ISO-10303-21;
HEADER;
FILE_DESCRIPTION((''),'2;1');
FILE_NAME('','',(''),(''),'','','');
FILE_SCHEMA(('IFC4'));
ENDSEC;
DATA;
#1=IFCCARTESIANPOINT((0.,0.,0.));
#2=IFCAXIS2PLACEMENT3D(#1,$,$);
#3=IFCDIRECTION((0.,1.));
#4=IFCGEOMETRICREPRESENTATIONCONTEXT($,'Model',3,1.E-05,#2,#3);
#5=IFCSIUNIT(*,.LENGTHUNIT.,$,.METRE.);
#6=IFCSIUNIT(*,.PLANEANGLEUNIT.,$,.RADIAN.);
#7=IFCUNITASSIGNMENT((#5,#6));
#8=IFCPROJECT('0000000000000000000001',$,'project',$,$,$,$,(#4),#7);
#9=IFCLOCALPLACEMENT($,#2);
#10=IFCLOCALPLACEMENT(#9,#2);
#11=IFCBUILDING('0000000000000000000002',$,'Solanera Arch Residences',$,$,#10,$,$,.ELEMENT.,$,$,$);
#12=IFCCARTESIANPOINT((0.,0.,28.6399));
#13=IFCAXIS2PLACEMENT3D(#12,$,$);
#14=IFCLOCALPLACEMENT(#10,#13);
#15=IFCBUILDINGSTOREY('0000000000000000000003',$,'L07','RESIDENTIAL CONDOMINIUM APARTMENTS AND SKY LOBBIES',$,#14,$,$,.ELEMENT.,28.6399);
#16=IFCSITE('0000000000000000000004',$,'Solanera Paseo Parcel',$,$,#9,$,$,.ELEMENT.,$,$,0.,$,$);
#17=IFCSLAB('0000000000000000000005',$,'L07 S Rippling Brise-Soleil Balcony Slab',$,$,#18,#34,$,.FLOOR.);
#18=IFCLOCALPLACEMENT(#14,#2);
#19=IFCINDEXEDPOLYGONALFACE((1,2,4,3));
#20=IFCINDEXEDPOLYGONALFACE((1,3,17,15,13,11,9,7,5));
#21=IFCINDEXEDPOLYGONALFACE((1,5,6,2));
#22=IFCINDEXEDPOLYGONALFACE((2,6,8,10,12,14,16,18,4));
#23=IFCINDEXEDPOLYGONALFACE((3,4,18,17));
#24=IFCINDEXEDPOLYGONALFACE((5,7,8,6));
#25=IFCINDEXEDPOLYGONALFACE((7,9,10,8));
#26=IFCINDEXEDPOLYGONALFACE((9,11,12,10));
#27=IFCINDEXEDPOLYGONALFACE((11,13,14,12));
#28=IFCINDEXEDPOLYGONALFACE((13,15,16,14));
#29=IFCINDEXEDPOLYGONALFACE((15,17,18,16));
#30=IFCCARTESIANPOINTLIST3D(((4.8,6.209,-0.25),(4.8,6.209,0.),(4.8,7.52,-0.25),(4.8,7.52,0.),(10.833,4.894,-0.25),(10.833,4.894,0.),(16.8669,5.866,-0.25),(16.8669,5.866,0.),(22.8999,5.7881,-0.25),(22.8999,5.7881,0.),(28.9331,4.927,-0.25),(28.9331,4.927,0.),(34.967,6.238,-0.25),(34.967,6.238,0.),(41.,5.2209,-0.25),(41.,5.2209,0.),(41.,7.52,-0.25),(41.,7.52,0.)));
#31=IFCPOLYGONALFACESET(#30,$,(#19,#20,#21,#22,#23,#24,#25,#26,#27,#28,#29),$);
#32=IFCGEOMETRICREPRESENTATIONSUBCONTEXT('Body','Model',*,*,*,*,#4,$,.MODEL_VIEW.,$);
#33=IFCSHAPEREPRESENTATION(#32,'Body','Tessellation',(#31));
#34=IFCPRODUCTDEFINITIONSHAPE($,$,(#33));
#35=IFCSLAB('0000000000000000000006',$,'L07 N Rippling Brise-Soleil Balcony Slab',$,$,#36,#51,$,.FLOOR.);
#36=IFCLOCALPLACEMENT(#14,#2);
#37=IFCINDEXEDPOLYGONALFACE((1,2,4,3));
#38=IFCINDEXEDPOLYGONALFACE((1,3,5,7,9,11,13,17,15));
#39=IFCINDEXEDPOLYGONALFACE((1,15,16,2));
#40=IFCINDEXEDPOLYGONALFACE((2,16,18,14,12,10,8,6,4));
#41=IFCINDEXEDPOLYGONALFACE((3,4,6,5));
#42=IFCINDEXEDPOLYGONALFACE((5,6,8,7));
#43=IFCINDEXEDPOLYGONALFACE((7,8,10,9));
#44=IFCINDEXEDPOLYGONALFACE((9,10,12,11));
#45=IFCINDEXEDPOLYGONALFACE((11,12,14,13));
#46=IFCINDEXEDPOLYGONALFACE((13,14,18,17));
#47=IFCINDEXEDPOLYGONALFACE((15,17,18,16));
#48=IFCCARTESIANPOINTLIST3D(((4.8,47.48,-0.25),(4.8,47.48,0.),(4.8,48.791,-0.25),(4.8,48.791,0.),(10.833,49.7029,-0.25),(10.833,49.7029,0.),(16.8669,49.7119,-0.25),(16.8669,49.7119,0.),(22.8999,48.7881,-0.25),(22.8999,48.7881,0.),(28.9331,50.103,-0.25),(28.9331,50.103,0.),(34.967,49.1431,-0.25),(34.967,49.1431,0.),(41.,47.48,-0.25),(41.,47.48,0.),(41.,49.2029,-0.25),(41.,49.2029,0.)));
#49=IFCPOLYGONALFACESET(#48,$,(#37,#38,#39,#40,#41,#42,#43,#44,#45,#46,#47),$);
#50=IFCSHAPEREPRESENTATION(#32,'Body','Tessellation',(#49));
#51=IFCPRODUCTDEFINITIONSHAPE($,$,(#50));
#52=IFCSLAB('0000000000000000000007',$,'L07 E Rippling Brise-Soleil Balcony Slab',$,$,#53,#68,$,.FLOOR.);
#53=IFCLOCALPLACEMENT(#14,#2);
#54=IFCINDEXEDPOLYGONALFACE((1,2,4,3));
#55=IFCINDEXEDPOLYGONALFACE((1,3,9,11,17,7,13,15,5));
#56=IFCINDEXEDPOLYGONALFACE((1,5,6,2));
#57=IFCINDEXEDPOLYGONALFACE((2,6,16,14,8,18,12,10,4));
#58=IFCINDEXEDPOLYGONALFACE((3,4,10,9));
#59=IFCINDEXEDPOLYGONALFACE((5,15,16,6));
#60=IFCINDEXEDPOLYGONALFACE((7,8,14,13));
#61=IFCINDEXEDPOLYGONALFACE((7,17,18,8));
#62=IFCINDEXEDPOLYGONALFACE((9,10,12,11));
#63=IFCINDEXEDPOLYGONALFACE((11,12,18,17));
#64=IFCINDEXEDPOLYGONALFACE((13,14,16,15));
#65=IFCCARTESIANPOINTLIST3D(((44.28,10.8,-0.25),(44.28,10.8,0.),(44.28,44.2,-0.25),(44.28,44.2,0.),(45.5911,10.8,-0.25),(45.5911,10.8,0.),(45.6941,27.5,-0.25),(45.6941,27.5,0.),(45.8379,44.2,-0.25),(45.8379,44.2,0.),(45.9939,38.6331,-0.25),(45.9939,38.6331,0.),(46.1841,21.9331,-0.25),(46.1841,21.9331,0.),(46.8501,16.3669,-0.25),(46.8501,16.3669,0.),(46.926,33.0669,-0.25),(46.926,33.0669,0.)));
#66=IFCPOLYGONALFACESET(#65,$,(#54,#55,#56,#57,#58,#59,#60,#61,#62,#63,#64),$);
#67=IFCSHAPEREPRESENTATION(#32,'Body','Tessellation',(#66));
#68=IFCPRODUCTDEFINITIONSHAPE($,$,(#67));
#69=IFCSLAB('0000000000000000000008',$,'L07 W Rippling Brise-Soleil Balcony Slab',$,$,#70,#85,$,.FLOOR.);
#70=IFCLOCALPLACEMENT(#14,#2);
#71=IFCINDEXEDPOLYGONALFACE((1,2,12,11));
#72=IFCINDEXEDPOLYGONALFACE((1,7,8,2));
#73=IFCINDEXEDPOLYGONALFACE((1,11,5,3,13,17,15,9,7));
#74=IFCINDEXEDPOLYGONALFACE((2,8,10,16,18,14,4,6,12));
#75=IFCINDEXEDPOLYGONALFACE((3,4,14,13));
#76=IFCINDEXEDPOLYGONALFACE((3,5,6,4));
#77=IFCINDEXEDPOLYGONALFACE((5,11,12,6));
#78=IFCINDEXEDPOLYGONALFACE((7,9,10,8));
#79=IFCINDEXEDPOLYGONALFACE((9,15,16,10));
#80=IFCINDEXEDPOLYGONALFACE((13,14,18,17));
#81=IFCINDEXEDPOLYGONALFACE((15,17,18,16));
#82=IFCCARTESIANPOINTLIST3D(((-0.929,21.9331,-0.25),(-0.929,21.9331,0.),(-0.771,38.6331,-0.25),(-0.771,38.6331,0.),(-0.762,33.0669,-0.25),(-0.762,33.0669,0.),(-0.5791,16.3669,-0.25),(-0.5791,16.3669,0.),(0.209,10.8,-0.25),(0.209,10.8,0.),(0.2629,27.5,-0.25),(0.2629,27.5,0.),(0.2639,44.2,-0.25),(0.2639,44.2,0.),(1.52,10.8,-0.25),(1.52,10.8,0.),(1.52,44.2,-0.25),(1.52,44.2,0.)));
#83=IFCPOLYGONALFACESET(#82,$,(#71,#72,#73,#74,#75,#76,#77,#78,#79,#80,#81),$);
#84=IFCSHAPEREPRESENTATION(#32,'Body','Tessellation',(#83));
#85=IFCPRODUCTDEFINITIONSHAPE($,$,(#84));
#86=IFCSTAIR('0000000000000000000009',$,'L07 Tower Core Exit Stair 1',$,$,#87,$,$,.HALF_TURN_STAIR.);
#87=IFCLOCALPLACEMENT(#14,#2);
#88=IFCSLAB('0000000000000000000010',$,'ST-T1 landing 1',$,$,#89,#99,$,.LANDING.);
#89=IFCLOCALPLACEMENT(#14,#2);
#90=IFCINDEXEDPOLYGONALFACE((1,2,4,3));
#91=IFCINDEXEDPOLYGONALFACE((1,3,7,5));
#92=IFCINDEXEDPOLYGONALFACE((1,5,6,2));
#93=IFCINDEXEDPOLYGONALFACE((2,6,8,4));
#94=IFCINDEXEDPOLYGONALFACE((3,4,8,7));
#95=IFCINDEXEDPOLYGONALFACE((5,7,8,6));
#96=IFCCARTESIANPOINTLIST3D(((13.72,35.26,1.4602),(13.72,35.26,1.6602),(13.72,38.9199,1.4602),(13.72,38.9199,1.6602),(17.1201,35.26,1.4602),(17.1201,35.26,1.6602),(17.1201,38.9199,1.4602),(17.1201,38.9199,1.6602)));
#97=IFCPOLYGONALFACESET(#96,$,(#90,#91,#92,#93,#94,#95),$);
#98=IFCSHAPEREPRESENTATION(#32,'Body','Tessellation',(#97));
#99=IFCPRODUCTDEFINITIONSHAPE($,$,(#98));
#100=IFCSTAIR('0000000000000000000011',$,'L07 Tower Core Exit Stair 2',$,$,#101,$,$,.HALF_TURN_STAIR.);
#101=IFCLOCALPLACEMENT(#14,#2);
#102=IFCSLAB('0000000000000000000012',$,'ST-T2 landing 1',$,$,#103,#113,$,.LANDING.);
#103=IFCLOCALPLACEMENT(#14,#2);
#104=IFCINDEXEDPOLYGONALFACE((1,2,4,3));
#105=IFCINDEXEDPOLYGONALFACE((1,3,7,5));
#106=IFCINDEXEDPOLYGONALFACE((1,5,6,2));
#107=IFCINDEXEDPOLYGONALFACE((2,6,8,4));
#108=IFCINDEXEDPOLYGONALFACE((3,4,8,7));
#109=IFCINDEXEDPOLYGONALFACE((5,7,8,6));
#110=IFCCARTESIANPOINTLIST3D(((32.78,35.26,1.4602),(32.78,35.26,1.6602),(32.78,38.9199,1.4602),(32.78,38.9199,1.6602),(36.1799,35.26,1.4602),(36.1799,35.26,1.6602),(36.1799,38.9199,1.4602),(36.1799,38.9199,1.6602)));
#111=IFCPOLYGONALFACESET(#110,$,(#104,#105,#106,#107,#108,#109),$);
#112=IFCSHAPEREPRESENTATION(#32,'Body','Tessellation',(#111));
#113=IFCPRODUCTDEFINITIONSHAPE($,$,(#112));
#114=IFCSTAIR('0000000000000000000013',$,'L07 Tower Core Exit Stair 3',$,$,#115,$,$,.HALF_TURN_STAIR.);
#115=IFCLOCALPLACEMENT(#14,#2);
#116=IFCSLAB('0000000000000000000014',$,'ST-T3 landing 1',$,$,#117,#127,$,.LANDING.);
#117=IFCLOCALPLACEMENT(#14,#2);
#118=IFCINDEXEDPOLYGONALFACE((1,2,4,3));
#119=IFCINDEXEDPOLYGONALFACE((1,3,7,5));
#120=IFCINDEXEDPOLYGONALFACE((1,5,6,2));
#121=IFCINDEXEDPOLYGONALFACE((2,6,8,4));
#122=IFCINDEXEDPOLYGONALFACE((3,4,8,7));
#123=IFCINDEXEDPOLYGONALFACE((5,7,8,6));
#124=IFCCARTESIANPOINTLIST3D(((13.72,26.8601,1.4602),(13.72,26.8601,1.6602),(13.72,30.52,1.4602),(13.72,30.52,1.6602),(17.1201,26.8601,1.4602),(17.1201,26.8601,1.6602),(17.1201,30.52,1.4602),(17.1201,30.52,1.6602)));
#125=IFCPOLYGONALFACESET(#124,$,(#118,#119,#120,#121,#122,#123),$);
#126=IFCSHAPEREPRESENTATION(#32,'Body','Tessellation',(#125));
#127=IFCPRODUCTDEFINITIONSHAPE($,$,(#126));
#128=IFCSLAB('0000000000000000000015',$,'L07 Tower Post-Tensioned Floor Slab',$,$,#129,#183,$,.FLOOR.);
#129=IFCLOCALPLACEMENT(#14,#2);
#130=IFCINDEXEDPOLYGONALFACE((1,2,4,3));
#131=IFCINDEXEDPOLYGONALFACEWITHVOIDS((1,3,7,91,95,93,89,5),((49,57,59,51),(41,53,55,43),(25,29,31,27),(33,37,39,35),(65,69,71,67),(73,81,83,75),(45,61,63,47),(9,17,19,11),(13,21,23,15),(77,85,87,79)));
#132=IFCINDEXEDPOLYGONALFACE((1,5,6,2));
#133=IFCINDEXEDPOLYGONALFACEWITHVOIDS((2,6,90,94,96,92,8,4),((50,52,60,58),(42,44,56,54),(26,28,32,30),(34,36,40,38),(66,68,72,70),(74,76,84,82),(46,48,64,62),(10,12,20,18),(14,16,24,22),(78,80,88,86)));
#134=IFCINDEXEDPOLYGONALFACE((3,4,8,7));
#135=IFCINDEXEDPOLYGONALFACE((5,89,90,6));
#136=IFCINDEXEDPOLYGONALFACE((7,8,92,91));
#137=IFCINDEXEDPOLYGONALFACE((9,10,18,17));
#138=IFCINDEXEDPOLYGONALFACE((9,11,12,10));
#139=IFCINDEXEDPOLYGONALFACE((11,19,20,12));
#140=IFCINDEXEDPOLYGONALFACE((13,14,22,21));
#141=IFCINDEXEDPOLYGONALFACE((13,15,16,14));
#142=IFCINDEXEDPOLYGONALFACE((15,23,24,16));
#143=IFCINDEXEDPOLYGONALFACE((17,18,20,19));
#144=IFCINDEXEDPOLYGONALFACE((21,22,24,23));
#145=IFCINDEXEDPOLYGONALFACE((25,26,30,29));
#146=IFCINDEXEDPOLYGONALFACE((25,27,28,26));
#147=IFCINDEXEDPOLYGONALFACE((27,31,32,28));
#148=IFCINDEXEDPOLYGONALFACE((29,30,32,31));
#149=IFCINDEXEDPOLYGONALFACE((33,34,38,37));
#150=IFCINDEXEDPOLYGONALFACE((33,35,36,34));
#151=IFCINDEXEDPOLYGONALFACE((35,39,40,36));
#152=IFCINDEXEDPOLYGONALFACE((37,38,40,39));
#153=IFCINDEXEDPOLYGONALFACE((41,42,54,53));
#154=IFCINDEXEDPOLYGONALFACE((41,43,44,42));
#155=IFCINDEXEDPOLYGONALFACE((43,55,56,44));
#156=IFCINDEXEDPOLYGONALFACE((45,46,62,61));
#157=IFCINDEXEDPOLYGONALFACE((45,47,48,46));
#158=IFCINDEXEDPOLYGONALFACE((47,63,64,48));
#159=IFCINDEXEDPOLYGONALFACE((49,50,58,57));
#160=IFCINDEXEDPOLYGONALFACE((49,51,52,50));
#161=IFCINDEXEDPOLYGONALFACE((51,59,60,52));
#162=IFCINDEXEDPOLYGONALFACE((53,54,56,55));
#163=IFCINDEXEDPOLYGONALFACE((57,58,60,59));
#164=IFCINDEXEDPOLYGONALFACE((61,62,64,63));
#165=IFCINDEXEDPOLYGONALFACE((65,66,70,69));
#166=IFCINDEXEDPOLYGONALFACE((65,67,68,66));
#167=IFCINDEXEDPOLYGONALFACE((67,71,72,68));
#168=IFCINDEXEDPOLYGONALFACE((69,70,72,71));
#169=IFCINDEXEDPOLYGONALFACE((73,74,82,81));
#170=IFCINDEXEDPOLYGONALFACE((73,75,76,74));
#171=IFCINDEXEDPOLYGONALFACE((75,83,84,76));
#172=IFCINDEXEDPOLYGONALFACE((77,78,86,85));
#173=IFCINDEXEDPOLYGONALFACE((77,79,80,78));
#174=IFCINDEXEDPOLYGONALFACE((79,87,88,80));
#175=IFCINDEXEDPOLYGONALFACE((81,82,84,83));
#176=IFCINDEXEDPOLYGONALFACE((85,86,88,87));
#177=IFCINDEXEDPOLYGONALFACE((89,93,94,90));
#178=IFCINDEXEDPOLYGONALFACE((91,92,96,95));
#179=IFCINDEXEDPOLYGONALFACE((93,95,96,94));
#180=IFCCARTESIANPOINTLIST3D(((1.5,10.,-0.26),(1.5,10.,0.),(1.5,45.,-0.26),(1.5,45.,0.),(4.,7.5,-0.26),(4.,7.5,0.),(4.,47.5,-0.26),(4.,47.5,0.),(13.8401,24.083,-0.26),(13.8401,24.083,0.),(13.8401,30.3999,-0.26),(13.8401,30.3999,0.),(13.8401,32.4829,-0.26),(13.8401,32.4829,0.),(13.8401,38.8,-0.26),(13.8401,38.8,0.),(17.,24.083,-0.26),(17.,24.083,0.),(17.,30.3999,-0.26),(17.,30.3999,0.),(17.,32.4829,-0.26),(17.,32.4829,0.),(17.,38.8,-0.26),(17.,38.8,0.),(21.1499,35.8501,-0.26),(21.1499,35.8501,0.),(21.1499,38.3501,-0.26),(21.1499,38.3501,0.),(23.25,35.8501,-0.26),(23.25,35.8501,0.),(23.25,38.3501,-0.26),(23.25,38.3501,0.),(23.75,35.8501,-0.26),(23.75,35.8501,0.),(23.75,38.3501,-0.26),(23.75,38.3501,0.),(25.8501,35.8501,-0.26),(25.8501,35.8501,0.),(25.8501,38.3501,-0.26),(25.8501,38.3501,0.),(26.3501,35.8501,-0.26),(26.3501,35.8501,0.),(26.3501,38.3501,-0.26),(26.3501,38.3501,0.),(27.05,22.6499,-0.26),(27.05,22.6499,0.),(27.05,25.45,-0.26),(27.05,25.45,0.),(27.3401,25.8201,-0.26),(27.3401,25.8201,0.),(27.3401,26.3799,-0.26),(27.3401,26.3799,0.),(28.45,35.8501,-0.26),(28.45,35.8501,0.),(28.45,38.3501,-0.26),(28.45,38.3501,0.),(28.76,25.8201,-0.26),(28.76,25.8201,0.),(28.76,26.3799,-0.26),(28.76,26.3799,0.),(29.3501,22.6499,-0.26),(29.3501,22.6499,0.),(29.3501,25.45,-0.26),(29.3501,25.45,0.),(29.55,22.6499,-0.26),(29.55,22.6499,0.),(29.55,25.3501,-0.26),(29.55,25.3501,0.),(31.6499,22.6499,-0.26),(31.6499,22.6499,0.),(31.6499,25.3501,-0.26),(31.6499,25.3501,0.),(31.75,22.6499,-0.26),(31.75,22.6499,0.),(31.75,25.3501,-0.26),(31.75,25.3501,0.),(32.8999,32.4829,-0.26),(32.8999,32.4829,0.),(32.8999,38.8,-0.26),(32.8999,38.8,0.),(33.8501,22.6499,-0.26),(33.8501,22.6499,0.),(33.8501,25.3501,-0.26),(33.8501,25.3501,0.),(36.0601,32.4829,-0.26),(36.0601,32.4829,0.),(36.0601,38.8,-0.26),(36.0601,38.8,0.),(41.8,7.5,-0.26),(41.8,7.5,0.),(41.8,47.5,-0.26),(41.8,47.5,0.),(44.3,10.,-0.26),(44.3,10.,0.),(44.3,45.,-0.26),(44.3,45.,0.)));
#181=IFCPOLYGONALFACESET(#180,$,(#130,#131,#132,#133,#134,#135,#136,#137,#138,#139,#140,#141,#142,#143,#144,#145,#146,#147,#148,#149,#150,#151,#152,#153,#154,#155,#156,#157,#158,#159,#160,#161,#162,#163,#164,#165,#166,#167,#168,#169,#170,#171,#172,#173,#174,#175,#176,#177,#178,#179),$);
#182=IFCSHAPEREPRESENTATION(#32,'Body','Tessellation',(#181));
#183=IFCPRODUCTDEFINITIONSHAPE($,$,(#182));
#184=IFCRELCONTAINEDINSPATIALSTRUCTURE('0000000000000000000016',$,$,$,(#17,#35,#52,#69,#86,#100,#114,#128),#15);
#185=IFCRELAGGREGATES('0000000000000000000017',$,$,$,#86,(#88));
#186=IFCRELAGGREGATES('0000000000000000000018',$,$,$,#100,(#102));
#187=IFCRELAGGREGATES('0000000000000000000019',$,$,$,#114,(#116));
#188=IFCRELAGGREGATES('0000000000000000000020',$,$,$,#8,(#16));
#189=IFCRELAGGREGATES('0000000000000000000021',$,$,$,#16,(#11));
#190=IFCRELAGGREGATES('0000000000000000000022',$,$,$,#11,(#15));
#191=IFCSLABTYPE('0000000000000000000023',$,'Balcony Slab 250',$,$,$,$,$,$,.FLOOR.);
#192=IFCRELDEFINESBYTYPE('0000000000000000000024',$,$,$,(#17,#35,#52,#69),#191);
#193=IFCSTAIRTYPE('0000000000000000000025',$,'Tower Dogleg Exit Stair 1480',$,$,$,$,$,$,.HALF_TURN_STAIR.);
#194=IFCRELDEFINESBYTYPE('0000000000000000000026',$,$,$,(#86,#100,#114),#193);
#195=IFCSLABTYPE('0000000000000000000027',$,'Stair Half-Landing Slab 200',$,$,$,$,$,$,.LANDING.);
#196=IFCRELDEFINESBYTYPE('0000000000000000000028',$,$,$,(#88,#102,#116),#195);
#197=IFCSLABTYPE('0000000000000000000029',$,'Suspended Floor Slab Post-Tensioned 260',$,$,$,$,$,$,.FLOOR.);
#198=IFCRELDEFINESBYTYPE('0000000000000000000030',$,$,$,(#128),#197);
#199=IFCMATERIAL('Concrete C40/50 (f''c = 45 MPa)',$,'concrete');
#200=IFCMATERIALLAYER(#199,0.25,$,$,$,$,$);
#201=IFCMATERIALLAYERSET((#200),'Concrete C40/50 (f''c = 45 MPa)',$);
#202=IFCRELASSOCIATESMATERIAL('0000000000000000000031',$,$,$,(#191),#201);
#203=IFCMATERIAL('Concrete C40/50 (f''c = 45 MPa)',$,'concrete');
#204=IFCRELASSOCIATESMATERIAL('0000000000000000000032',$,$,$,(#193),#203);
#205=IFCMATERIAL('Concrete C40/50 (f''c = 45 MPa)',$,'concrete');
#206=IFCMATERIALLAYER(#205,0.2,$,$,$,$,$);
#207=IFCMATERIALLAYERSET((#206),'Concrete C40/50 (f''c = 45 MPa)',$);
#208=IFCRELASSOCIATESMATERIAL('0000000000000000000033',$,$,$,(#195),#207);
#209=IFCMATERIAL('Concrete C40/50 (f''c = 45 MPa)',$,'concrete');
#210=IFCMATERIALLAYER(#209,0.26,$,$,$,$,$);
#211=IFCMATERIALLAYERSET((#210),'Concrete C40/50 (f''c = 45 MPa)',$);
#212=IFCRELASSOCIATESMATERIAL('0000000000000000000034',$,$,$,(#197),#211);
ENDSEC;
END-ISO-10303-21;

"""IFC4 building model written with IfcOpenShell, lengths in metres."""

from ifc_helpers import new_model, si_unit, direction, frame, origin, place, context, subcontext, project, spatial, polyline, outline, extrude, material, layer, layer_set, type_object, element, aggregate, save


model = new_model("IFC4")

# Units and contexts
model_context = context("Model", 3, precision=1e-05, world=origin(), true_north=direction((0.0, 1.0)))
body_context = subcontext(model_context, "Body", "Model", "MODEL_VIEW")
ifc_project = project(units=[si_unit("LENGTHUNIT", "METRE"), si_unit("PLANEANGLEUNIT", "RADIAN")], contexts=[model_context])

# Site, building, storey
site_placement = place(None, origin())
site = spatial("IfcSite", under=ifc_project, at=site_placement, Name="Solanera Paseo Parcel", CompositionType="ELEMENT", RefElevation=0.0)
building_placement = place(site_placement, origin())
building = spatial("IfcBuilding", under=site, at=building_placement, Name="Solanera Arch Residences", CompositionType="ELEMENT")
storey_placement = place(building_placement, frame((0.0, 0.0, 28.6399)))
storey = spatial("IfcBuildingStorey", under=building, at=storey_placement, Name="L07", Description="RESIDENTIAL CONDOMINIUM APARTMENTS AND SKY LOBBIES", CompositionType="ELEMENT", Elevation=28.6399)

# Slabs
ifc_material_1 = material(Name="Concrete C40/50 (f'c = 45 MPa)", Category="concrete")
ifc_layer_1 = layer(ifc_material_1, 0.25)
ifc_layer_set_1 = layer_set([ifc_layer_1], Name="Concrete C40/50 (f'c = 45 MPa)")
slab_type_1 = type_object("IfcSlabType", Name="Balcony Slab 250", PredefinedType="FLOOR", material=ifc_layer_set_1)
slab_1_placement = place(storey_placement, frame((0.0, 0.0, -0.25)))
element("IfcSlab", 1, at=slab_1_placement, inside=storey, type_object=slab_type_1, Name="L07 S Rippling Brise-Soleil Balcony Slab", PredefinedType="FLOOR", context=body_context, shape_type="SweptSolid", body=[
    extrude(outline(polyline([(4.8, 6.209), (10.833, 4.894), (16.8669, 5.866), (22.8999, 5.7881), (28.9331, 4.927), (34.967, 6.238), (41.0, 5.2209), (41.0, 7.52), (4.8, 7.52), (4.8, 6.209)])), origin(), (0.0, 0.0, 1.0), 0.25),
])
slab_2_placement = place(storey_placement, frame((0.0, 0.0, -0.25)))
element("IfcSlab", 2, at=slab_2_placement, inside=storey, type_object=slab_type_1, Name="L07 N Rippling Brise-Soleil Balcony Slab", PredefinedType="FLOOR", context=body_context, shape_type="SweptSolid", body=[
    extrude(outline(polyline([(41.0, 49.2029), (34.967, 49.1431), (28.9331, 50.103), (22.8999, 48.7881), (16.8669, 49.7119), (10.833, 49.7029), (4.8, 48.791), (4.8, 47.48), (41.0, 47.48), (41.0, 49.2029)])), origin(), (0.0, 0.0, 1.0), 0.25),
])
slab_3_placement = place(storey_placement, frame((0.0, 0.0, -0.25)))
element("IfcSlab", 3, at=slab_3_placement, inside=storey, type_object=slab_type_1, Name="L07 E Rippling Brise-Soleil Balcony Slab", PredefinedType="FLOOR", context=body_context, shape_type="SweptSolid", body=[
    extrude(outline(polyline([(45.5911, 10.8), (46.8501, 16.3669), (46.1841, 21.9331), (45.6941, 27.5), (46.926, 33.0669), (45.9939, 38.6331), (45.8379, 44.2), (44.28, 44.2), (44.28, 10.8), (45.5911, 10.8)])), origin(), (0.0, 0.0, 1.0), 0.25),
])
slab_4_placement = place(storey_placement, frame((0.0, 0.0, -0.25)))
element("IfcSlab", 4, at=slab_4_placement, inside=storey, type_object=slab_type_1, Name="L07 W Rippling Brise-Soleil Balcony Slab", PredefinedType="FLOOR", context=body_context, shape_type="SweptSolid", body=[
    extrude(outline(polyline([(0.2639, 44.2), (-0.771, 38.6331), (-0.762, 33.0669), (0.2629, 27.5), (-0.929, 21.9331), (-0.5791, 16.3669), (0.209, 10.8), (1.52, 10.8), (1.52, 44.2), (0.2639, 44.2)])), origin(), (0.0, 0.0, 1.0), 0.25),
])

# Stairs, slabs
ifc_material_2 = material(Name="Concrete C40/50 (f'c = 45 MPa)", Category="concrete")
stair_type = type_object("IfcStairType", Name="Tower Dogleg Exit Stair 1480", PredefinedType="HALF_TURN_STAIR", material=ifc_material_2)
stair_1_placement = place(storey_placement, origin())
stair_1 = element("IfcStair", 5, at=stair_1_placement, inside=storey, type_object=stair_type, Name="L07 Tower Core Exit Stair 1", PredefinedType="HALF_TURN_STAIR")
ifc_material_3 = material(Name="Concrete C40/50 (f'c = 45 MPa)", Category="concrete")
ifc_layer_2 = layer(ifc_material_3, 0.2)
ifc_layer_set_2 = layer_set([ifc_layer_2], Name="Concrete C40/50 (f'c = 45 MPa)")
slab_type_2 = type_object("IfcSlabType", Name="Stair Half-Landing Slab 200", PredefinedType="LANDING", material=ifc_layer_set_2)
slab_5_placement = place(storey_placement, frame((0.0, 0.0, 1.4602)))
slab_5 = element("IfcSlab", 6, at=slab_5_placement, type_object=slab_type_2, Name="ST-T1 landing 1", PredefinedType="LANDING", context=body_context, shape_type="SweptSolid", body=[
    extrude(outline(polyline([(17.1201, 35.26), (17.1201, 38.9199), (13.72, 38.9199), (13.72, 35.26), (17.1201, 35.26)])), origin(), (0.0, 0.0, 1.0), 0.2),
])
aggregate(stair_1, [slab_5])
stair_2_placement = place(storey_placement, origin())
stair_2 = element("IfcStair", 7, at=stair_2_placement, inside=storey, type_object=stair_type, Name="L07 Tower Core Exit Stair 2", PredefinedType="HALF_TURN_STAIR")
slab_6_placement = place(storey_placement, frame((0.0, 0.0, 1.4602)))
slab_6 = element("IfcSlab", 8, at=slab_6_placement, type_object=slab_type_2, Name="ST-T2 landing 1", PredefinedType="LANDING", context=body_context, shape_type="SweptSolid", body=[
    extrude(outline(polyline([(36.1799, 35.26), (36.1799, 38.9199), (32.78, 38.9199), (32.78, 35.26), (36.1799, 35.26)])), origin(), (0.0, 0.0, 1.0), 0.2),
])
aggregate(stair_2, [slab_6])
stair_3_placement = place(storey_placement, origin())
stair_3 = element("IfcStair", 9, at=stair_3_placement, inside=storey, type_object=stair_type, Name="L07 Tower Core Exit Stair 3", PredefinedType="HALF_TURN_STAIR")
slab_7_placement = place(storey_placement, frame((0.0, 0.0, 1.4602)))
slab_7 = element("IfcSlab", 10, at=slab_7_placement, type_object=slab_type_2, Name="ST-T3 landing 1", PredefinedType="LANDING", context=body_context, shape_type="SweptSolid", body=[
    extrude(outline(polyline([(17.1201, 26.8601), (17.1201, 30.52), (13.72, 30.52), (13.72, 26.8601), (17.1201, 26.8601)])), origin(), (0.0, 0.0, 1.0), 0.2),
])
aggregate(stair_3, [slab_7])

# Slab
ifc_material_4 = material(Name="Concrete C40/50 (f'c = 45 MPa)", Category="concrete")
ifc_layer_3 = layer(ifc_material_4, 0.26)
ifc_layer_set_3 = layer_set([ifc_layer_3], Name="Concrete C40/50 (f'c = 45 MPa)")
slab_type_3 = type_object("IfcSlabType", Name="Suspended Floor Slab Post-Tensioned 260", PredefinedType="FLOOR", material=ifc_layer_set_3)
slab_8_placement = place(storey_placement, frame((0.0, 0.0, -0.26)))
element("IfcSlab", 11, at=slab_8_placement, inside=storey, type_object=slab_type_3, Name="L07 Tower Post-Tensioned Floor Slab", PredefinedType="FLOOR", context=body_context, shape_type="SweptSolid", body=[
    extrude(outline(polyline([(4.0, 7.5), (41.8, 7.5), (44.3, 10.0), (44.3, 45.0), (41.8, 47.5), (4.0, 47.5), (1.5, 45.0), (1.5, 10.0), (4.0, 7.5)]), holes=[polyline([(13.8401, 32.4829), (13.8401, 38.8), (17.0, 38.8), (17.0, 32.4829), (13.8401, 32.4829)]), polyline([(32.8999, 32.4829), (32.8999, 38.8), (36.0601, 38.8), (36.0601, 32.4829), (32.8999, 32.4829)]), polyline([(13.8401, 24.083), (13.8401, 30.3999), (17.0, 30.3999), (17.0, 24.083), (13.8401, 24.083)]), polyline([(21.1499, 38.3501), (23.25, 38.3501), (23.25, 35.8501), (21.1499, 35.8501), (21.1499, 38.3501)]), polyline([(23.75, 38.3501), (25.8501, 38.3501), (25.8501, 35.8501), (23.75, 35.8501), (23.75, 38.3501)]), polyline([(26.3501, 38.3501), (28.45, 38.3501), (28.45, 35.8501), (26.3501, 35.8501), (26.3501, 38.3501)]), polyline([(29.55, 25.3501), (31.6499, 25.3501), (31.6499, 22.6499), (29.55, 22.6499), (29.55, 25.3501)]), polyline([(31.75, 25.3501), (33.8501, 25.3501), (33.8501, 22.6499), (31.75, 22.6499), (31.75, 25.3501)]), polyline([(27.05, 25.45), (29.3501, 25.45), (29.3501, 22.6499), (27.05, 22.6499), (27.05, 25.45)]), polyline([(27.3401, 26.3799), (28.76, 26.3799), (28.76, 25.8201), (27.3401, 25.8201), (27.3401, 26.3799)])]), origin(), (0.0, 0.0, 1.0), 0.26),
])

save(model, "model.ifc")
